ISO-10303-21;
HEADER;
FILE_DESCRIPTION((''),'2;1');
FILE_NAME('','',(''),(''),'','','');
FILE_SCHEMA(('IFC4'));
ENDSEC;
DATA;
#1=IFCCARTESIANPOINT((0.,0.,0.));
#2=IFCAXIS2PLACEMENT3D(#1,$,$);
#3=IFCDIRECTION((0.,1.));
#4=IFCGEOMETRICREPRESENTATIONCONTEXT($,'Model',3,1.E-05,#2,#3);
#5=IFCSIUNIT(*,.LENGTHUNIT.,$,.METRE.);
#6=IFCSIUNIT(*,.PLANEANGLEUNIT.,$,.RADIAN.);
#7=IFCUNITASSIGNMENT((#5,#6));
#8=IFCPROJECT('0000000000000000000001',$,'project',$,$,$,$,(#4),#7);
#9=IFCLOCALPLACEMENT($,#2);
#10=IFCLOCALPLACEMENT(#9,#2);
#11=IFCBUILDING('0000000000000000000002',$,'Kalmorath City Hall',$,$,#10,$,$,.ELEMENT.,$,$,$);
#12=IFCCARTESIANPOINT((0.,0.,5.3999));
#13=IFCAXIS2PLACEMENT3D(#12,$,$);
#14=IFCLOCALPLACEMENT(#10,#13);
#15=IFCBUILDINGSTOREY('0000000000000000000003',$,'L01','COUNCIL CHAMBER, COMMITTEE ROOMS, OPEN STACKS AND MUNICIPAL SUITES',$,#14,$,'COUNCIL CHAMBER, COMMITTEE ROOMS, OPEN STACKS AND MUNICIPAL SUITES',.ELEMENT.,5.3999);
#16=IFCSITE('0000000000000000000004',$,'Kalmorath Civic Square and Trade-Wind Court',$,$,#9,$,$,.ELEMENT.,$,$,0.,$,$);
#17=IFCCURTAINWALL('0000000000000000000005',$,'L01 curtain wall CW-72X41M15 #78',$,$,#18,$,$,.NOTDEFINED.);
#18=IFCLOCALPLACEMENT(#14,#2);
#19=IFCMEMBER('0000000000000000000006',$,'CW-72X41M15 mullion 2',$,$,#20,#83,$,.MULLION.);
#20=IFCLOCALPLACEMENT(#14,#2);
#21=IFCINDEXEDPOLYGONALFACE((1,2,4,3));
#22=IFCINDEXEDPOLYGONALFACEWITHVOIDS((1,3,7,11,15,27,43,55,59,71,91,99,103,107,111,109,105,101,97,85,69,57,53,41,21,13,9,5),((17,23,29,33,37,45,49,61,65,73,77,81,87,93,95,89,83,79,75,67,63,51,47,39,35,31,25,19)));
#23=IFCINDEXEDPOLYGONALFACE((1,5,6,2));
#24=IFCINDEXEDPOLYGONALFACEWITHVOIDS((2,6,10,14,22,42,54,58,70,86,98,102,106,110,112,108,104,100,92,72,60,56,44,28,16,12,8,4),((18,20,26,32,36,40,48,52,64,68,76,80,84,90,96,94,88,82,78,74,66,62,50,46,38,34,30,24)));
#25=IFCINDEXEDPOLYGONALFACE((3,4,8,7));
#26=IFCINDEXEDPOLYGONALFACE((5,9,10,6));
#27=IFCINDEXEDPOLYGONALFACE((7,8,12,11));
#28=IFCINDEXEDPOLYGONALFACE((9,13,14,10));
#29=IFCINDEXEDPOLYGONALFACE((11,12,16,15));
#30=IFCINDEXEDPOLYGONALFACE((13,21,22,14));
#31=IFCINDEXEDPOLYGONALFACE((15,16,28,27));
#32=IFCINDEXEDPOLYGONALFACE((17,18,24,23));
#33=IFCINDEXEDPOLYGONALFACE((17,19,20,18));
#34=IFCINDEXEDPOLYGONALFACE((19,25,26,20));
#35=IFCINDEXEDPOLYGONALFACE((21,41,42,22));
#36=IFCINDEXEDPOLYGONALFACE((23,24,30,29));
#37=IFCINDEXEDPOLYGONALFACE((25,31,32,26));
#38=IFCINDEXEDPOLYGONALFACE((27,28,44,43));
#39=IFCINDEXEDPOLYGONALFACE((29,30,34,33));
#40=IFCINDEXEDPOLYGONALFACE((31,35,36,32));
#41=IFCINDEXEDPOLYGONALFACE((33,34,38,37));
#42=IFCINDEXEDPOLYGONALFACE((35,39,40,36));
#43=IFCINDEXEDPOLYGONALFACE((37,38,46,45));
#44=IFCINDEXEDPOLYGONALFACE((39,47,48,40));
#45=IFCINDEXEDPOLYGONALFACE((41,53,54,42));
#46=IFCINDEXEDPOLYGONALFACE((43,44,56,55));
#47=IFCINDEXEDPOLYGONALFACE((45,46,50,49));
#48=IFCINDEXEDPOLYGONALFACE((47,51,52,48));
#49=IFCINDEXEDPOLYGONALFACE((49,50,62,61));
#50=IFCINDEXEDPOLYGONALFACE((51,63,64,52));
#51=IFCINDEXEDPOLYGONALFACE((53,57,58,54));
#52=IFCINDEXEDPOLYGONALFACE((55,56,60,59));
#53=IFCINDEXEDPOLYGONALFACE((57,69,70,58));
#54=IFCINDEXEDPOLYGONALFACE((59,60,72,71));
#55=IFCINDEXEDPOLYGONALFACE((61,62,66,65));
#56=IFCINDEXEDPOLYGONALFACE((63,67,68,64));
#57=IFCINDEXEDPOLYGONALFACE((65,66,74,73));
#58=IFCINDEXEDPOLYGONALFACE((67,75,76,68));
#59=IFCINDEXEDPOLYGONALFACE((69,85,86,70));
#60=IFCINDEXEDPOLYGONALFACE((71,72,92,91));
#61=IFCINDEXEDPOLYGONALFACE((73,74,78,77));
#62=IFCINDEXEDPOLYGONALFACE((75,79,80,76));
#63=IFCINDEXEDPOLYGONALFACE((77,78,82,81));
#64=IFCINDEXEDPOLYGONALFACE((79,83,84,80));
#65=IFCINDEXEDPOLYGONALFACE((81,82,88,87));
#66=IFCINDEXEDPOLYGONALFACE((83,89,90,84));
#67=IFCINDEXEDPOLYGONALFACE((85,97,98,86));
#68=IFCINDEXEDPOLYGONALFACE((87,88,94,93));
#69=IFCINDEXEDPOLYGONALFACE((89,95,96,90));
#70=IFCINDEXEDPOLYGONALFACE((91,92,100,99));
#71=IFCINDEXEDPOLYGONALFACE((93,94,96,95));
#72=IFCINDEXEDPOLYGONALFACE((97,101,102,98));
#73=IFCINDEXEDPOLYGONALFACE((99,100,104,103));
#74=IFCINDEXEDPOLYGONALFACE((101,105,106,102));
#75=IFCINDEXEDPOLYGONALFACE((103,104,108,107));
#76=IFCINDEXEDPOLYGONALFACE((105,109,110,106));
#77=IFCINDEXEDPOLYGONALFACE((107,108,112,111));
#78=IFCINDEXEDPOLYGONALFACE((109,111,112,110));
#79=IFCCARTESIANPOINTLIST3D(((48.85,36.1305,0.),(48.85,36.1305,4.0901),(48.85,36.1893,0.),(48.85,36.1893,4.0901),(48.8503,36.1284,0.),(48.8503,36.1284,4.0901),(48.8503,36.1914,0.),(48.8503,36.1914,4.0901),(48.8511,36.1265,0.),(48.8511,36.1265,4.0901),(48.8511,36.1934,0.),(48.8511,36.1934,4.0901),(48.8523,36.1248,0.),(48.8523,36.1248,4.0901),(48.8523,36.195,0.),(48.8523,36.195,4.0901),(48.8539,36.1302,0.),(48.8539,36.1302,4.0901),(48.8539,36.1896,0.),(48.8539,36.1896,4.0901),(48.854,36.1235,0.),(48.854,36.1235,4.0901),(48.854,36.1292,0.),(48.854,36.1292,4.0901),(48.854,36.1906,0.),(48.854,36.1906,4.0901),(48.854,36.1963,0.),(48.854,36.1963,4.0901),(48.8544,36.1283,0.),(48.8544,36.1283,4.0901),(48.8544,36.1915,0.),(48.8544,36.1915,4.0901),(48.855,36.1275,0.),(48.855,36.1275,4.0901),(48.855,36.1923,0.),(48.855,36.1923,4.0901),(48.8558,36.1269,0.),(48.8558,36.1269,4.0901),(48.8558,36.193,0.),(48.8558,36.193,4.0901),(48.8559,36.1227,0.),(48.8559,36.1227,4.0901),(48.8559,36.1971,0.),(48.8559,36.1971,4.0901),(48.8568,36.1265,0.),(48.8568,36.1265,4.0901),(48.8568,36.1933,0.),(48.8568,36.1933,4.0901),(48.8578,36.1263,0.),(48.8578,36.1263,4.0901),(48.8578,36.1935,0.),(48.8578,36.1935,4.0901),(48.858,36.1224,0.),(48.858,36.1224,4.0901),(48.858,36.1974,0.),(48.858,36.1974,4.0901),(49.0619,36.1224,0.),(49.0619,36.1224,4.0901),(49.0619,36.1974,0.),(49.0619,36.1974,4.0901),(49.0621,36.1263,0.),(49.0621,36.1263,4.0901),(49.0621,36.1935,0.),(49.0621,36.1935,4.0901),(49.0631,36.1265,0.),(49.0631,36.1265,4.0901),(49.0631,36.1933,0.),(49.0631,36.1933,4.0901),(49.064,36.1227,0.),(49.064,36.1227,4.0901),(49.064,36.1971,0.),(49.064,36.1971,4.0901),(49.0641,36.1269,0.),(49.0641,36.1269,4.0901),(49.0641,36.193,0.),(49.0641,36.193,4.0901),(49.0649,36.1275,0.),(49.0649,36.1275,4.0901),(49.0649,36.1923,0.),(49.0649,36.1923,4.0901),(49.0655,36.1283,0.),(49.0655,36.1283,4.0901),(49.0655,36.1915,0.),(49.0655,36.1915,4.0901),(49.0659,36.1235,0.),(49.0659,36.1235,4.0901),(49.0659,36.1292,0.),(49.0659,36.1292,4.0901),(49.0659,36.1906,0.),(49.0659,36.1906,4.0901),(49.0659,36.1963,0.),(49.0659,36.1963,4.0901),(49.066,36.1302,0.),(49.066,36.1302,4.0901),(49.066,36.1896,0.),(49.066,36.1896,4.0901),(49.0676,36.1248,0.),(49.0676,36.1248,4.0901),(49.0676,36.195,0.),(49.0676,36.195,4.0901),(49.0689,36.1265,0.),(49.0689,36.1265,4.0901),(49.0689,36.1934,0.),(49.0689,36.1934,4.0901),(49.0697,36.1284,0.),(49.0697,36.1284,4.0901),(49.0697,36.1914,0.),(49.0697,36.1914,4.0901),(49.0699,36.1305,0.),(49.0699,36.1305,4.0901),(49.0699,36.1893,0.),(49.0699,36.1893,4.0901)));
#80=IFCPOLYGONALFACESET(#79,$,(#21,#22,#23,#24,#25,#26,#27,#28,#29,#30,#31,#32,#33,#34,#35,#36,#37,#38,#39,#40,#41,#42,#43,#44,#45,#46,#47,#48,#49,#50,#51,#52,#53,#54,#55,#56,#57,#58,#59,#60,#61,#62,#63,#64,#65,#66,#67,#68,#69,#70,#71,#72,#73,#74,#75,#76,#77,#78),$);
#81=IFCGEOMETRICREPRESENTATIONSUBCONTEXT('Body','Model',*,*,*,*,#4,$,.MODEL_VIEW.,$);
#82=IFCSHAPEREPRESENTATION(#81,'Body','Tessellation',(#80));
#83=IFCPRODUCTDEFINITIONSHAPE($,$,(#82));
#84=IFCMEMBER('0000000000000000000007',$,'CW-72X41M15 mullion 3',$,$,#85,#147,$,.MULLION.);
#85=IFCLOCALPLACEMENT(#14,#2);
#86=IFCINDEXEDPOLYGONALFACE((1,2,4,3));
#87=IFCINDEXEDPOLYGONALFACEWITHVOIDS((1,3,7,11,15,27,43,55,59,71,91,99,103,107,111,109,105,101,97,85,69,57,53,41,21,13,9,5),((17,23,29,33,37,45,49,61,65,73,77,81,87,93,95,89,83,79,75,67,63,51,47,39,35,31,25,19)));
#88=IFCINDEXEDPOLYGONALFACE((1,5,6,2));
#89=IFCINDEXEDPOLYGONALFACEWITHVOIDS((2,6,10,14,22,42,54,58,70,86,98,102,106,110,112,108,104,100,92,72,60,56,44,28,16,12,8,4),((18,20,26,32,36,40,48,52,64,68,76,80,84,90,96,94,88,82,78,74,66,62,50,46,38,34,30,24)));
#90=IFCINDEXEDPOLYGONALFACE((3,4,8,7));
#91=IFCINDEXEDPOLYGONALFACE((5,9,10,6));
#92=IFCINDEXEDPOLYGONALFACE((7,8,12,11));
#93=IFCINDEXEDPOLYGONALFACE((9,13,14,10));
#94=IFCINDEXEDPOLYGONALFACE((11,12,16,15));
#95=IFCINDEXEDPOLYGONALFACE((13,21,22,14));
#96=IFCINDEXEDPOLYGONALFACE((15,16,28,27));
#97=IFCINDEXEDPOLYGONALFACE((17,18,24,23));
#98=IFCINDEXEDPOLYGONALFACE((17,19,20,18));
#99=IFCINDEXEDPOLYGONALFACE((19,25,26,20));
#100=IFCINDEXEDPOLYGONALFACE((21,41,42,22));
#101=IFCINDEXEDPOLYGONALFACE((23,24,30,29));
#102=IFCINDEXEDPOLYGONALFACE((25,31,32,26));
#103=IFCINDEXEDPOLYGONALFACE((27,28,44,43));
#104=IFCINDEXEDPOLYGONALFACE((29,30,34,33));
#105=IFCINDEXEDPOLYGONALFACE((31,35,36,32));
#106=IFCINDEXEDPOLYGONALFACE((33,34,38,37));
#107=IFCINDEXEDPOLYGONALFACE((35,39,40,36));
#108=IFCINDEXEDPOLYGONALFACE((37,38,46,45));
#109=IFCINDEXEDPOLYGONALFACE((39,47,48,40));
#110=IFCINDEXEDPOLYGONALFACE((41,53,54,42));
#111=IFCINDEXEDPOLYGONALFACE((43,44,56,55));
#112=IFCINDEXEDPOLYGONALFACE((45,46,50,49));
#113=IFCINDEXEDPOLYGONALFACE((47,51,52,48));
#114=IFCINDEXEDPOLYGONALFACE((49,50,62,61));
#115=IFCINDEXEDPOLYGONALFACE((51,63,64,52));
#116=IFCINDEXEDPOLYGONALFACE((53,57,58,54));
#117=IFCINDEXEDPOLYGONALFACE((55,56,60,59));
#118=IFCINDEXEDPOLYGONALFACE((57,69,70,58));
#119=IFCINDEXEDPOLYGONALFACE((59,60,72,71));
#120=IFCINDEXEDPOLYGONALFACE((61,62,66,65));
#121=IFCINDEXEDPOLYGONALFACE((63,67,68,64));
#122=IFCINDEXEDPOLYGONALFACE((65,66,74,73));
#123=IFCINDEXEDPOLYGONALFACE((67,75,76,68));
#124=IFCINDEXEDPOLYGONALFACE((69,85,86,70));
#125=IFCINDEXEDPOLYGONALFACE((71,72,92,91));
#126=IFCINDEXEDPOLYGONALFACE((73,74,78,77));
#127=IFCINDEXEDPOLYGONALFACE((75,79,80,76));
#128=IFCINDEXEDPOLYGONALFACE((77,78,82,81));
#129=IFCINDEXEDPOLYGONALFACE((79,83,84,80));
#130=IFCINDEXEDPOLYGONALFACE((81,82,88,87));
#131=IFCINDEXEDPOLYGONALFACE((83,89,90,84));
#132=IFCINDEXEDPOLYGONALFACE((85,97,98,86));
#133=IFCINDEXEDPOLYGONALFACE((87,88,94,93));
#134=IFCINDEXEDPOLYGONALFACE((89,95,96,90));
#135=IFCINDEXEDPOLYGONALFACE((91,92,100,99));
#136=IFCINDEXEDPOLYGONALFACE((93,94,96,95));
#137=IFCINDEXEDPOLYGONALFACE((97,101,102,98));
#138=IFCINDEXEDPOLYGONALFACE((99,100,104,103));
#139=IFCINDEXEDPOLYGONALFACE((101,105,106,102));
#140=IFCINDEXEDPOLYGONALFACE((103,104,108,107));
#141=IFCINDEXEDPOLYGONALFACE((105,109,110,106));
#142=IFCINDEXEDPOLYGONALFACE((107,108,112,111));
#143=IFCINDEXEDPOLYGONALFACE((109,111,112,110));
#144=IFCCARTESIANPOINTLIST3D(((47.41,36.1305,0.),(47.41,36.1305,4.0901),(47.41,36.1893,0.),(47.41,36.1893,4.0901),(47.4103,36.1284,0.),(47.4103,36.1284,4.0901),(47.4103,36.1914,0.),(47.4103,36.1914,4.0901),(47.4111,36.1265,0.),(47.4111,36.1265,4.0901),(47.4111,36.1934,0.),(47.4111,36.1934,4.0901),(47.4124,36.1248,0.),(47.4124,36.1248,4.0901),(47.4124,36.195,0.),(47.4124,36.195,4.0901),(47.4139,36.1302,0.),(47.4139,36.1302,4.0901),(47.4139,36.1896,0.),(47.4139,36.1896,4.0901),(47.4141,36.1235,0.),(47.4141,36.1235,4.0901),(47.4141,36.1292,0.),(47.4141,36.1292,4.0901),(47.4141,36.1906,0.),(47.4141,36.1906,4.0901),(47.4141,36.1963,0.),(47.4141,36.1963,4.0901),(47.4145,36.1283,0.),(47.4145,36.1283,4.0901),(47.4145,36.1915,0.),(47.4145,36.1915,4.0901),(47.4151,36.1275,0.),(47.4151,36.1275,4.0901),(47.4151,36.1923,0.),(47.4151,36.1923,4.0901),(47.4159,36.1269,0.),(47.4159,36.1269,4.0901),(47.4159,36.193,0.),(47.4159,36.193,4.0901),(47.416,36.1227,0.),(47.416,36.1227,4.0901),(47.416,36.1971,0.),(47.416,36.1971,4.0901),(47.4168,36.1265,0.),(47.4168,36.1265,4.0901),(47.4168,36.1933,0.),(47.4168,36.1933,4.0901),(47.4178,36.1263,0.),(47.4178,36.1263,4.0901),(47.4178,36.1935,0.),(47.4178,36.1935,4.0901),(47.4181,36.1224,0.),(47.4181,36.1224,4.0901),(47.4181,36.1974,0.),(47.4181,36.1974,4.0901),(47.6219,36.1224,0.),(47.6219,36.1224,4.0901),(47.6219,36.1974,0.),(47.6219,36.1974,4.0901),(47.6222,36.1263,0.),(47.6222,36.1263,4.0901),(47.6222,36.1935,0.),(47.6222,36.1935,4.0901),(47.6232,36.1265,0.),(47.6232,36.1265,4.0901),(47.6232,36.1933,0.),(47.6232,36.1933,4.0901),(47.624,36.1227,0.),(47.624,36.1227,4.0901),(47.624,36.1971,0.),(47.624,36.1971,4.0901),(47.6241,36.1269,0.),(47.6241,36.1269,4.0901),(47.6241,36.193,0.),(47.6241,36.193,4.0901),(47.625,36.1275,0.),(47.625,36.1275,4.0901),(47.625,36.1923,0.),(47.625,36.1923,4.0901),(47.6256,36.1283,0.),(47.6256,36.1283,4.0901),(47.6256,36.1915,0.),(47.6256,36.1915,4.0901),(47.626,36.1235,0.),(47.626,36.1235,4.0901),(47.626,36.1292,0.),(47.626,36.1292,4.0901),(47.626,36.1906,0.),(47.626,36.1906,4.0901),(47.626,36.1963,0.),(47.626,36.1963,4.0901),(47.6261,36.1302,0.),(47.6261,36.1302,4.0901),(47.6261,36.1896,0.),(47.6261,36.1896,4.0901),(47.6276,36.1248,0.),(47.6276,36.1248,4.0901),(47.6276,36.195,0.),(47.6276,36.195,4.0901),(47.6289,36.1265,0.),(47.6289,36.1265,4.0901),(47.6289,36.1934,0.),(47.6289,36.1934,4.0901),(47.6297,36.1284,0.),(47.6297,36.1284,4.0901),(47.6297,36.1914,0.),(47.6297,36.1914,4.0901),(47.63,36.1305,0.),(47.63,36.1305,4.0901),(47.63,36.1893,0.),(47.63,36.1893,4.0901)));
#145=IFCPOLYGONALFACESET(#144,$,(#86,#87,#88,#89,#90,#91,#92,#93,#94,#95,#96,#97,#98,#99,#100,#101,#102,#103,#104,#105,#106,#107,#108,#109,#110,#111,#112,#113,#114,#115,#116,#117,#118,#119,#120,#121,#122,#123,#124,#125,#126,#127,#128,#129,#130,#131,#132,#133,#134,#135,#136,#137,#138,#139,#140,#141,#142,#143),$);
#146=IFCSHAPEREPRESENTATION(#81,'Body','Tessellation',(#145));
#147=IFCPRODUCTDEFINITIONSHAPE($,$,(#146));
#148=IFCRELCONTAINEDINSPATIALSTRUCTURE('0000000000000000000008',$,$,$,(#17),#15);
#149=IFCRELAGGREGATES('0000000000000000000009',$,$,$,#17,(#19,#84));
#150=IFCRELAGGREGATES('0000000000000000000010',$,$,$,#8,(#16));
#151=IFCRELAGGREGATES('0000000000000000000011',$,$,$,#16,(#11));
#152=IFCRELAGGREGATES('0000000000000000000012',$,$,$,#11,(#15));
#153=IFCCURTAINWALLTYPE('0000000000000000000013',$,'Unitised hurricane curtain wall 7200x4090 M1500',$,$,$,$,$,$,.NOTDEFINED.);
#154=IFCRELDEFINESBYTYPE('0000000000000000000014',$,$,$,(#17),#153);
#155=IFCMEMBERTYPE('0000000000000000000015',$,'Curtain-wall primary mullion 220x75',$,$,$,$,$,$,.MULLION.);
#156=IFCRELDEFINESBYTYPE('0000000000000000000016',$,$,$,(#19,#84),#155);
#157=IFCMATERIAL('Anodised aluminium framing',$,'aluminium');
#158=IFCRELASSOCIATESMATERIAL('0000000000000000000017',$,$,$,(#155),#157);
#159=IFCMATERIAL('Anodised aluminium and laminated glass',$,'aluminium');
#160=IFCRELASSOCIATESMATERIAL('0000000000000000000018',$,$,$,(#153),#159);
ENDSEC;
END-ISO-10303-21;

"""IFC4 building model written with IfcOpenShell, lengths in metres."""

from ifc_helpers import new_model, si_unit, direction, frame, origin, origin_2d, place, context, subcontext, project, spatial, hollow_rectangle, extrude, material, material_profile, profile_set, type_object, element, aggregate, save


model = new_model("IFC4")

# Units and contexts
model_context = context("Model", 3, precision=1e-05, world=origin(), true_north=direction((0.0, 1.0)))
body_context = subcontext(model_context, "Body", "Model", "MODEL_VIEW")
ifc_project = project(units=[si_unit("LENGTHUNIT", "METRE"), si_unit("PLANEANGLEUNIT", "RADIAN")], contexts=[model_context])

# Site, building, storey
site_placement = place(None, origin())
site = spatial("IfcSite", under=ifc_project, at=site_placement, Name="Kalmorath Civic Square and Trade-Wind Court", CompositionType="ELEMENT", RefElevation=0.0)
building_placement = place(site_placement, origin())
building = spatial("IfcBuilding", under=site, at=building_placement, Name="Kalmorath City Hall", CompositionType="ELEMENT")
storey_placement = place(building_placement, frame((0.0, 0.0, 5.3999)))
storey = spatial("IfcBuildingStorey", under=building, at=storey_placement, Name="L01", Description="COUNCIL CHAMBER, COMMITTEE ROOMS, OPEN STACKS AND MUNICIPAL SUITES", LongName="COUNCIL CHAMBER, COMMITTEE ROOMS, OPEN STACKS AND MUNICIPAL SUITES", CompositionType="ELEMENT", Elevation=5.3999)

# Shared definitions
ifc_material_1 = material(Name="Anodised aluminium framing", Category="aluminium")
ifc_material_profile_1 = material_profile(ifc_material_1, hollow_rectangle(XDim=0.075, YDim=0.22, WallThickness=0.0039, InnerFilletRadius=0.0039, OuterFilletRadius=0.0081, at=origin_2d()), Name="ALU-MUL-220X75X4")
ifc_profile_set_1 = profile_set([ifc_material_profile_1], Name="Anodised aluminium framing")
member_type_1 = type_object("IfcMemberType", Name="Curtain-wall primary mullion 220x75", PredefinedType="MULLION", material=ifc_profile_set_1)

# Curtain wall, members
ifc_material_2 = material(Name="Anodised aluminium and laminated glass", Category="aluminium")
curtain_wall_type_1 = type_object("IfcCurtainWallType", Name="Unitised hurricane curtain wall 7200x4090 M1500", PredefinedType="NOTDEFINED", material=ifc_material_2)
curtain_wall_1_placement = place(storey_placement, origin())
curtain_wall_1 = element("IfcCurtainWall", 1, at=curtain_wall_1_placement, inside=storey, type_object=curtain_wall_type_1, Name="L01 curtain wall CW-72X41M15 #78", PredefinedType="NOTDEFINED")
member_1_placement = place(storey_placement, frame((48.96, 36.1599, 0.0), z_axis=(0.0, 0.0, 1.0), x_axis=(0.0, -1.0, 0.0)))
member_1 = element("IfcMember", 2, at=member_1_placement, type_object=member_type_1, Name="CW-72X41M15 mullion 2", PredefinedType="MULLION", context=body_context, shape_type="SweptSolid", body=[
    extrude(hollow_rectangle(XDim=0.075, YDim=0.22, WallThickness=0.0039, InnerFilletRadius=0.0039, OuterFilletRadius=0.0081, at=origin_2d()), origin(), (0.0, 0.0, 1.0), 4.0901),
])
member_2_placement = place(storey_placement, frame((47.52, 36.1599, 0.0), z_axis=(0.0, 0.0, 1.0), x_axis=(0.0, -1.0, 0.0)))
member_2 = element("IfcMember", 3, at=member_2_placement, type_object=member_type_1, Name="CW-72X41M15 mullion 3", PredefinedType="MULLION", context=body_context, shape_type="SweptSolid", body=[
    extrude(hollow_rectangle(XDim=0.075, YDim=0.22, WallThickness=0.0039, InnerFilletRadius=0.0039, OuterFilletRadius=0.0081, at=origin_2d()), origin(), (0.0, 0.0, 1.0), 4.0901),
])

aggregate(curtain_wall_1, [member_1, member_2])

save(model, "model.ifc")
